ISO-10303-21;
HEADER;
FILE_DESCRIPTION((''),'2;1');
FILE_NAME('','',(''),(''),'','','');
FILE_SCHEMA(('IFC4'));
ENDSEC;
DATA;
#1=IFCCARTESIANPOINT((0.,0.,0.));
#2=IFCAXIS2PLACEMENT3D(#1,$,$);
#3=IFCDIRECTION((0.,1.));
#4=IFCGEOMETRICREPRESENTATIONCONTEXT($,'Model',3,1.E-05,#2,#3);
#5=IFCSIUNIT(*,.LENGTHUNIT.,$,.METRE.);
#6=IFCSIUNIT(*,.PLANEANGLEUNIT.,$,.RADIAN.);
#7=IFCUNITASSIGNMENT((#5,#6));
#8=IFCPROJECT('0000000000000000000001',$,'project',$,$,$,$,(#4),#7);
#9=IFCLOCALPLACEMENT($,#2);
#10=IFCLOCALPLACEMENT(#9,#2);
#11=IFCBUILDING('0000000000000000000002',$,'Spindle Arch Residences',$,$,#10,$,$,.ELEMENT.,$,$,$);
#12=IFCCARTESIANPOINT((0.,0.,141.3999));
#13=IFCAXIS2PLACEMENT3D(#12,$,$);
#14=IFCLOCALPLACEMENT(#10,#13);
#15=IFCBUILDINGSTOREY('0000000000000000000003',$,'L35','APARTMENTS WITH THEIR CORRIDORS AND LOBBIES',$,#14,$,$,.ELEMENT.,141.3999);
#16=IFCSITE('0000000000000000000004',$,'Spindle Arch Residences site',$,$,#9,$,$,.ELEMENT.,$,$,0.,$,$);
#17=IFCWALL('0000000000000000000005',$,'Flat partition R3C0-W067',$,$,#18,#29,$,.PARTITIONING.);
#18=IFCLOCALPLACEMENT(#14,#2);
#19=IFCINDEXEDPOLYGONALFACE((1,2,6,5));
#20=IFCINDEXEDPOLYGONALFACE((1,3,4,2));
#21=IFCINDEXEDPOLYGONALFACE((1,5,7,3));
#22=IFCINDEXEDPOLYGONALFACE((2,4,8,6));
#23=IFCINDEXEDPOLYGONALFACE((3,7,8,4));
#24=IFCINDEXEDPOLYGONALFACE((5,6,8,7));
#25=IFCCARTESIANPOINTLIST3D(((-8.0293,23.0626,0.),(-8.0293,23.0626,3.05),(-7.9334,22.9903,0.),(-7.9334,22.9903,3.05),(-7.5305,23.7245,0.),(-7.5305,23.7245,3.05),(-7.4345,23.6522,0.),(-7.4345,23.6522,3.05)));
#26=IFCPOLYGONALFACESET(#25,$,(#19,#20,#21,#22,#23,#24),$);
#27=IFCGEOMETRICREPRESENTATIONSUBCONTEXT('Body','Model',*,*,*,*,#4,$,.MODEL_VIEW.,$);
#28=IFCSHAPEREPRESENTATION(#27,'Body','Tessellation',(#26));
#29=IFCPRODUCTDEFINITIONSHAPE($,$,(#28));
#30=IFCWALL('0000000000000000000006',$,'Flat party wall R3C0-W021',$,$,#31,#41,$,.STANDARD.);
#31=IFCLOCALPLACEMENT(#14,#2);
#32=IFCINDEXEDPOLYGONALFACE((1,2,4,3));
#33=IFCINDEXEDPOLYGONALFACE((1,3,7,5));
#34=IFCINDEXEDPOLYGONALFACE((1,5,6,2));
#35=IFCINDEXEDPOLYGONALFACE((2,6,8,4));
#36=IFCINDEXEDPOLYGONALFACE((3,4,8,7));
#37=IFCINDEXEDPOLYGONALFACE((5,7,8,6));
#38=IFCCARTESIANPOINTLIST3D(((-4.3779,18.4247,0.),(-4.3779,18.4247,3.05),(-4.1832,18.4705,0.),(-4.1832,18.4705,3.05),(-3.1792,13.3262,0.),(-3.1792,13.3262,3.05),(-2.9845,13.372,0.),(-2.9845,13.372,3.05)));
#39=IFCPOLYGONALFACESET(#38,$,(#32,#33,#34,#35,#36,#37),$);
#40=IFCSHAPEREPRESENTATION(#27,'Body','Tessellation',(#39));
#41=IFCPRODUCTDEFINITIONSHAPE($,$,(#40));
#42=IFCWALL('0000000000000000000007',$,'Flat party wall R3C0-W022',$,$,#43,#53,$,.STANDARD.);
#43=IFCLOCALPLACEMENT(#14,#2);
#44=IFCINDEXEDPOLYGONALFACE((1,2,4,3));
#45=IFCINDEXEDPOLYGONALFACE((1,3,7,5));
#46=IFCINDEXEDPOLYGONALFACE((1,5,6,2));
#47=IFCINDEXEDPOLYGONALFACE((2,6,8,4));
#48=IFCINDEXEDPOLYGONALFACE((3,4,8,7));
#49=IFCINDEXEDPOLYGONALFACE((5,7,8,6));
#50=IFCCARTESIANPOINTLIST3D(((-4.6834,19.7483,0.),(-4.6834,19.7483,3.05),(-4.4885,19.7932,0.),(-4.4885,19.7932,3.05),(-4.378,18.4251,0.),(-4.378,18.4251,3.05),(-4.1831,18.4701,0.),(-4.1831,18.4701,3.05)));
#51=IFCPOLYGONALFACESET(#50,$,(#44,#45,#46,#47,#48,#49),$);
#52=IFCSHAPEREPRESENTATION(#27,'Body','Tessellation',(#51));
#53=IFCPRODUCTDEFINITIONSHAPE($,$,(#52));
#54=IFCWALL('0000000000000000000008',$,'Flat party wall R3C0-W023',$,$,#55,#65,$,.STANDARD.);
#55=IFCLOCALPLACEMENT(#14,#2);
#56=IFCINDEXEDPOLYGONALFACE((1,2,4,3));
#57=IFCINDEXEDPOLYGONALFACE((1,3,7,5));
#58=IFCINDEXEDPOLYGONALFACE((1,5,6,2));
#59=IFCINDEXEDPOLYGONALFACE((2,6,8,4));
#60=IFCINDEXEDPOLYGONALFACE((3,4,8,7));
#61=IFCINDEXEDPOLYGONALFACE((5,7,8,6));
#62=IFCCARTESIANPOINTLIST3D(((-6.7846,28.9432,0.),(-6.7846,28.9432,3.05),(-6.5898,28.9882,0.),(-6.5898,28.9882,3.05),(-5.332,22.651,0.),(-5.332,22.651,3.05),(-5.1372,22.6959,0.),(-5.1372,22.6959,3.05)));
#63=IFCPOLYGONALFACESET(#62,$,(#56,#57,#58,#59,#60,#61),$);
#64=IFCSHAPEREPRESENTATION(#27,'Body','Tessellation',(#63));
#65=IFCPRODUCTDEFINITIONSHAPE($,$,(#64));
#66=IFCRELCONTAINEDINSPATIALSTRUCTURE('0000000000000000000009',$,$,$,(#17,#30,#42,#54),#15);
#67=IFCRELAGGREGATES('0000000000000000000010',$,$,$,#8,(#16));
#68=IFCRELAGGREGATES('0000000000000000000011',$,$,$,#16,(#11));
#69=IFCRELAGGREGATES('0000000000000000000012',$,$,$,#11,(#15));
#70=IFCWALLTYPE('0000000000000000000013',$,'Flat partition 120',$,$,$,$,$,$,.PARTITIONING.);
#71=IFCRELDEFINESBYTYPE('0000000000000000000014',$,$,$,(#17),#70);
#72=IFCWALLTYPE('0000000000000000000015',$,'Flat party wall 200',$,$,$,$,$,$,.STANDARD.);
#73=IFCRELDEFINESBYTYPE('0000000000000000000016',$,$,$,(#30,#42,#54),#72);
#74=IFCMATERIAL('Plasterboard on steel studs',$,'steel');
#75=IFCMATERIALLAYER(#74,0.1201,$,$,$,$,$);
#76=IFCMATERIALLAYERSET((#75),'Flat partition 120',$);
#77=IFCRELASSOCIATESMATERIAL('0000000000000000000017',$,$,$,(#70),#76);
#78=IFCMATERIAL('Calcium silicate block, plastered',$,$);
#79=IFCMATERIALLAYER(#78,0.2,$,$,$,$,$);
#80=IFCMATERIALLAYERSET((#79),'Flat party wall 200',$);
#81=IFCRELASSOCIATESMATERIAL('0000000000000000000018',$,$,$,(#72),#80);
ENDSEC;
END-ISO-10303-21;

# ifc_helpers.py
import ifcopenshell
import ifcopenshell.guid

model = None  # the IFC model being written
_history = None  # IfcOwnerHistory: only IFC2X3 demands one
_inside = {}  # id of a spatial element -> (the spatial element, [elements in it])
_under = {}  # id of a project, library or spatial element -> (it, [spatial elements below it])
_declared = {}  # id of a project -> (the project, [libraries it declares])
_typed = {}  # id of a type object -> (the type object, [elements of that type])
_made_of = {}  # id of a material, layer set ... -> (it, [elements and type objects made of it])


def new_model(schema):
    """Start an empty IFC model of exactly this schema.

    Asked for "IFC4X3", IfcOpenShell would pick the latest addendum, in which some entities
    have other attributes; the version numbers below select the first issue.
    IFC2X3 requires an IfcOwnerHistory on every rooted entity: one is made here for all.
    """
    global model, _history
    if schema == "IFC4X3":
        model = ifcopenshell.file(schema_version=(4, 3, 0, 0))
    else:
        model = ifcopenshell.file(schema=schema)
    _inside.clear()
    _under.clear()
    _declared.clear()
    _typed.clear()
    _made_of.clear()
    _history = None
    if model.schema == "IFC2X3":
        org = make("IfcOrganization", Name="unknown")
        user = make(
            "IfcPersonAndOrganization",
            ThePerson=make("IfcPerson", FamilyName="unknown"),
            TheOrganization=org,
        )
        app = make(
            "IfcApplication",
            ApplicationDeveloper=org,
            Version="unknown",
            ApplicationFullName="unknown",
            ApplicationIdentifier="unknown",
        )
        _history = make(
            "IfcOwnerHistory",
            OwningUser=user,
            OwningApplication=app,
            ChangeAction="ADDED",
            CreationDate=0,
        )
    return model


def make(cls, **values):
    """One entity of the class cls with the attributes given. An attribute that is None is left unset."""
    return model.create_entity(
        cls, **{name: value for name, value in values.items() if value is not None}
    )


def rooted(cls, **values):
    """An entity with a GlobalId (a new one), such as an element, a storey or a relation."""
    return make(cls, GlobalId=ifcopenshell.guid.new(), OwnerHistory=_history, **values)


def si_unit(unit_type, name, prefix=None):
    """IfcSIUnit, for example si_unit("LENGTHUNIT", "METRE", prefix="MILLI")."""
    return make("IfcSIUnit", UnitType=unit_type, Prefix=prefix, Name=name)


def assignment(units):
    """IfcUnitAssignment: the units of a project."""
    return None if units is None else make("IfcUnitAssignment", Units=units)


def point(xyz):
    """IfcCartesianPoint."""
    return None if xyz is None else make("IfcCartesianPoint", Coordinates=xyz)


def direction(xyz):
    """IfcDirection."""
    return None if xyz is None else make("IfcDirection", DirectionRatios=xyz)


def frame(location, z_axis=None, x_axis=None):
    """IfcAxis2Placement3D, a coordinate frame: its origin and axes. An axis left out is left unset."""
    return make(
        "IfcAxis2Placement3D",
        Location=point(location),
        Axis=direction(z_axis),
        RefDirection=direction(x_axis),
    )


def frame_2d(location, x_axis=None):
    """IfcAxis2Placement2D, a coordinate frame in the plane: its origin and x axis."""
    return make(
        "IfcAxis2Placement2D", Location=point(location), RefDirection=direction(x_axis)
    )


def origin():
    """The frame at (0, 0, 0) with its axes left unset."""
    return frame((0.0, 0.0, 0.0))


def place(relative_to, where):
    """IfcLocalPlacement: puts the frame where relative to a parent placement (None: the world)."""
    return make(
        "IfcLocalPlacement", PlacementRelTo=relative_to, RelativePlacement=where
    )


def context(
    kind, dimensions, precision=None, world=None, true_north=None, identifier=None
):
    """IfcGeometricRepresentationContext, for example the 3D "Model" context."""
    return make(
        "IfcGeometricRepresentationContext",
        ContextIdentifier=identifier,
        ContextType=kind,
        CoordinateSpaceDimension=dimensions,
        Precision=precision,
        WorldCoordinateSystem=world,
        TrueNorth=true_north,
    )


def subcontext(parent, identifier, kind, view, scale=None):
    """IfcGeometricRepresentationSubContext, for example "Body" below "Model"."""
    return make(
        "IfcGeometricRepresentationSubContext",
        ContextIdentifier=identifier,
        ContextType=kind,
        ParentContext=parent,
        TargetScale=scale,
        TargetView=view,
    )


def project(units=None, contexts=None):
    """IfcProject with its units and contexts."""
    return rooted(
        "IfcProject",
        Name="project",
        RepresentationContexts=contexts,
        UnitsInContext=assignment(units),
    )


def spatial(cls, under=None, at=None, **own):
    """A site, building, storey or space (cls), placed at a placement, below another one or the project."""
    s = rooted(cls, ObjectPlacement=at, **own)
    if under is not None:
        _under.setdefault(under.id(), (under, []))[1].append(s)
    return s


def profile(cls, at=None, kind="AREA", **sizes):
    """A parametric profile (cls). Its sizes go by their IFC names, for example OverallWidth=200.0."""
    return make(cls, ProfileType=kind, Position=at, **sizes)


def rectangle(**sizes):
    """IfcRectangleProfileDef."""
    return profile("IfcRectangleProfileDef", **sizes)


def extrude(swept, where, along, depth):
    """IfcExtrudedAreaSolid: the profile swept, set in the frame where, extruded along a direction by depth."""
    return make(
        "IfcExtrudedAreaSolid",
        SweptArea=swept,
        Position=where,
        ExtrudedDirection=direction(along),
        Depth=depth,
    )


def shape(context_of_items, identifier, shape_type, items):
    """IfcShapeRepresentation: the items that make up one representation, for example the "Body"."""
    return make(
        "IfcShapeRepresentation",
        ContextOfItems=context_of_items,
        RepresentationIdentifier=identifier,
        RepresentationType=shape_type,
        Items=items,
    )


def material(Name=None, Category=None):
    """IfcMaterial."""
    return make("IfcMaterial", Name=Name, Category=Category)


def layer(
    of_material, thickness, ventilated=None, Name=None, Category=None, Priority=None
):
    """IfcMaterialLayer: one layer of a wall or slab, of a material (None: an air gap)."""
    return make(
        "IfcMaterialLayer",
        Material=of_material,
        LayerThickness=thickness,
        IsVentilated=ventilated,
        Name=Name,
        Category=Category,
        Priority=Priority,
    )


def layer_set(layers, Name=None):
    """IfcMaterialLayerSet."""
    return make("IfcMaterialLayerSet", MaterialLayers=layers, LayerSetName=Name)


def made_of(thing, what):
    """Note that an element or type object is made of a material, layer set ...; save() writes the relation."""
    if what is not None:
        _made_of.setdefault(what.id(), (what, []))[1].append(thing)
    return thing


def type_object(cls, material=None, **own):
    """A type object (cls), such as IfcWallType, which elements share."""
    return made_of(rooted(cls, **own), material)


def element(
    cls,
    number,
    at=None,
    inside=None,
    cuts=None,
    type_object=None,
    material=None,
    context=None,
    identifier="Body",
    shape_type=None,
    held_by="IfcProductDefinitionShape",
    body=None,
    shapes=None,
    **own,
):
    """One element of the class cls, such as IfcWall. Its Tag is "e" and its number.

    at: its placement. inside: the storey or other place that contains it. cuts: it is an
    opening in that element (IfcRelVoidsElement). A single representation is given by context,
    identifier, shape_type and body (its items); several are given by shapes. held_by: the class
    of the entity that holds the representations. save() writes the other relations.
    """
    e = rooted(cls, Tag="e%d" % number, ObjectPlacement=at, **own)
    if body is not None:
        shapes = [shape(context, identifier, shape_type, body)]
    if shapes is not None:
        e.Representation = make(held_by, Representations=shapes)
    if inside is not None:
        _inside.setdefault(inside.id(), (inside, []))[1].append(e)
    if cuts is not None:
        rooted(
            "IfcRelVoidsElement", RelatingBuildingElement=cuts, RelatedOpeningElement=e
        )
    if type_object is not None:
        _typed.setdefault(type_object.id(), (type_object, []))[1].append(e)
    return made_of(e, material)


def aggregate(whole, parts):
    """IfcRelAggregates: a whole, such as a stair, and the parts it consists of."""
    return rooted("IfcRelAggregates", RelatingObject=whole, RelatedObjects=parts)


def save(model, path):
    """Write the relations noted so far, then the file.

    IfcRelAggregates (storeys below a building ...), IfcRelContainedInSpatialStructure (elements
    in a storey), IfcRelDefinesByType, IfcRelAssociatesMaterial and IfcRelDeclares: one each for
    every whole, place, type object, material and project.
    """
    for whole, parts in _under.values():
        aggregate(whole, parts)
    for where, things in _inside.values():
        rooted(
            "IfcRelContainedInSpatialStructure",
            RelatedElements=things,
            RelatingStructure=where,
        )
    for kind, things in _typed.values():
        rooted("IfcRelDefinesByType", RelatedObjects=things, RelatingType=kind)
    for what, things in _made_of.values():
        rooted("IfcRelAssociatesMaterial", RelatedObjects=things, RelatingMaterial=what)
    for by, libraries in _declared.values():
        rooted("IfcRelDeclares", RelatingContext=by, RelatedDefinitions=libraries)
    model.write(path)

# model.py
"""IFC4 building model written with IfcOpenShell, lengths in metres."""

from ifc_helpers import new_model, si_unit, direction, frame, frame_2d, origin, place, context, subcontext, project, spatial, rectangle, extrude, material, layer, layer_set, type_object, element, save


model = new_model("IFC4")

# Units and contexts
model_context = context("Model", 3, precision=1e-05, world=origin(), true_north=direction((0.0, 1.0)))
body_context = subcontext(model_context, "Body", "Model", "MODEL_VIEW")
ifc_project = project(units=[si_unit("LENGTHUNIT", "METRE"), si_unit("PLANEANGLEUNIT", "RADIAN")], contexts=[model_context])

# Site, building, storey
site_placement = place(None, origin())
site = spatial("IfcSite", under=ifc_project, at=site_placement, Name="Spindle Arch Residences site", CompositionType="ELEMENT", RefElevation=0.0)
building_placement = place(site_placement, origin())
building = spatial("IfcBuilding", under=site, at=building_placement, Name="Spindle Arch Residences", CompositionType="ELEMENT")
storey_placement = place(building_placement, frame((0.0, 0.0, 141.3999)))
storey = spatial("IfcBuildingStorey", under=building, at=storey_placement, Name="L35", Description="APARTMENTS WITH THEIR CORRIDORS AND LOBBIES", CompositionType="ELEMENT", Elevation=141.3999)

# Shared definitions
ifc_material_1 = material(Name="Plasterboard on steel studs", Category="steel")
ifc_layer_1 = layer(ifc_material_1, 0.1201)
ifc_layer_set_1 = layer_set([ifc_layer_1], Name="Flat partition 120")
wall_type_1 = type_object("IfcWallType", Name="Flat partition 120", PredefinedType="PARTITIONING", material=ifc_layer_set_1)

# Walls
wall_1_placement = place(storey_placement, frame((-7.4824, 23.6885, 0.0), z_axis=(0.0, 0.0, 1.0), x_axis=(-0.601837, -0.798619, 0.0)))
element("IfcWall", 1, at=wall_1_placement, inside=storey, type_object=wall_type_1, Name="Flat partition R3C0-W067", PredefinedType="PARTITIONING", context=body_context, shape_type="SweptSolid", body=[
    extrude(rectangle(XDim=0.8289, YDim=0.1201, at=frame_2d((0.4146, 0.0))), origin(), (0.0, 0.0, 1.0), 3.05),
])
ifc_material_2 = material(Name="Calcium silicate block, plastered")
ifc_layer_2 = layer(ifc_material_2, 0.2)
ifc_layer_set_2 = layer_set([ifc_layer_2], Name="Flat party wall 200")
wall_type_2 = type_object("IfcWallType", Name="Flat party wall 200", PredefinedType="STANDARD", material=ifc_layer_set_2)
wall_2_placement = place(storey_placement, frame((-4.2805, 18.4475, 0.0), z_axis=(0.0, 0.0, 1.0), x_axis=(0.228868, -0.973457, 0.0)))
element("IfcWall", 2, at=wall_2_placement, inside=storey, type_object=wall_type_2, Name="Flat party wall R3C0-W021", PredefinedType="STANDARD", context=body_context, shape_type="SweptSolid", body=[
    extrude(rectangle(XDim=5.2375, YDim=0.2, at=frame_2d((2.6187, 0.0))), origin(), (0.0, 0.0, 1.0), 3.05),
])
wall_3_placement = place(storey_placement, frame((-4.5859, 19.7708, 0.0), z_axis=(0.0, 0.0, 1.0), x_axis=(0.224899, -0.974382, 0.0)))
element("IfcWall", 3, at=wall_3_placement, inside=storey, type_object=wall_type_2, Name="Flat party wall R3C0-W022", PredefinedType="STANDARD", context=body_context, shape_type="SweptSolid", body=[
    extrude(rectangle(XDim=1.3579, YDim=0.2, at=frame_2d((0.679, 0.0))), origin(), (0.0, 0.0, 1.0), 3.05),
])
wall_4_placement = place(storey_placement, frame((-6.6873, 28.9658, 0.0), z_axis=(0.0, 0.0, 1.0), x_axis=(0.224945, -0.974371, 0.0)))
element("IfcWall", 4, at=wall_4_placement, inside=storey, type_object=wall_type_2, Name="Flat party wall R3C0-W023", PredefinedType="STANDARD", context=body_context, shape_type="SweptSolid", body=[
    extrude(rectangle(XDim=6.4578, YDim=0.2, at=frame_2d((3.229, 0.0))), origin(), (0.0, 0.0, 1.0), 3.05),
])

save(model, "model.ifc")
